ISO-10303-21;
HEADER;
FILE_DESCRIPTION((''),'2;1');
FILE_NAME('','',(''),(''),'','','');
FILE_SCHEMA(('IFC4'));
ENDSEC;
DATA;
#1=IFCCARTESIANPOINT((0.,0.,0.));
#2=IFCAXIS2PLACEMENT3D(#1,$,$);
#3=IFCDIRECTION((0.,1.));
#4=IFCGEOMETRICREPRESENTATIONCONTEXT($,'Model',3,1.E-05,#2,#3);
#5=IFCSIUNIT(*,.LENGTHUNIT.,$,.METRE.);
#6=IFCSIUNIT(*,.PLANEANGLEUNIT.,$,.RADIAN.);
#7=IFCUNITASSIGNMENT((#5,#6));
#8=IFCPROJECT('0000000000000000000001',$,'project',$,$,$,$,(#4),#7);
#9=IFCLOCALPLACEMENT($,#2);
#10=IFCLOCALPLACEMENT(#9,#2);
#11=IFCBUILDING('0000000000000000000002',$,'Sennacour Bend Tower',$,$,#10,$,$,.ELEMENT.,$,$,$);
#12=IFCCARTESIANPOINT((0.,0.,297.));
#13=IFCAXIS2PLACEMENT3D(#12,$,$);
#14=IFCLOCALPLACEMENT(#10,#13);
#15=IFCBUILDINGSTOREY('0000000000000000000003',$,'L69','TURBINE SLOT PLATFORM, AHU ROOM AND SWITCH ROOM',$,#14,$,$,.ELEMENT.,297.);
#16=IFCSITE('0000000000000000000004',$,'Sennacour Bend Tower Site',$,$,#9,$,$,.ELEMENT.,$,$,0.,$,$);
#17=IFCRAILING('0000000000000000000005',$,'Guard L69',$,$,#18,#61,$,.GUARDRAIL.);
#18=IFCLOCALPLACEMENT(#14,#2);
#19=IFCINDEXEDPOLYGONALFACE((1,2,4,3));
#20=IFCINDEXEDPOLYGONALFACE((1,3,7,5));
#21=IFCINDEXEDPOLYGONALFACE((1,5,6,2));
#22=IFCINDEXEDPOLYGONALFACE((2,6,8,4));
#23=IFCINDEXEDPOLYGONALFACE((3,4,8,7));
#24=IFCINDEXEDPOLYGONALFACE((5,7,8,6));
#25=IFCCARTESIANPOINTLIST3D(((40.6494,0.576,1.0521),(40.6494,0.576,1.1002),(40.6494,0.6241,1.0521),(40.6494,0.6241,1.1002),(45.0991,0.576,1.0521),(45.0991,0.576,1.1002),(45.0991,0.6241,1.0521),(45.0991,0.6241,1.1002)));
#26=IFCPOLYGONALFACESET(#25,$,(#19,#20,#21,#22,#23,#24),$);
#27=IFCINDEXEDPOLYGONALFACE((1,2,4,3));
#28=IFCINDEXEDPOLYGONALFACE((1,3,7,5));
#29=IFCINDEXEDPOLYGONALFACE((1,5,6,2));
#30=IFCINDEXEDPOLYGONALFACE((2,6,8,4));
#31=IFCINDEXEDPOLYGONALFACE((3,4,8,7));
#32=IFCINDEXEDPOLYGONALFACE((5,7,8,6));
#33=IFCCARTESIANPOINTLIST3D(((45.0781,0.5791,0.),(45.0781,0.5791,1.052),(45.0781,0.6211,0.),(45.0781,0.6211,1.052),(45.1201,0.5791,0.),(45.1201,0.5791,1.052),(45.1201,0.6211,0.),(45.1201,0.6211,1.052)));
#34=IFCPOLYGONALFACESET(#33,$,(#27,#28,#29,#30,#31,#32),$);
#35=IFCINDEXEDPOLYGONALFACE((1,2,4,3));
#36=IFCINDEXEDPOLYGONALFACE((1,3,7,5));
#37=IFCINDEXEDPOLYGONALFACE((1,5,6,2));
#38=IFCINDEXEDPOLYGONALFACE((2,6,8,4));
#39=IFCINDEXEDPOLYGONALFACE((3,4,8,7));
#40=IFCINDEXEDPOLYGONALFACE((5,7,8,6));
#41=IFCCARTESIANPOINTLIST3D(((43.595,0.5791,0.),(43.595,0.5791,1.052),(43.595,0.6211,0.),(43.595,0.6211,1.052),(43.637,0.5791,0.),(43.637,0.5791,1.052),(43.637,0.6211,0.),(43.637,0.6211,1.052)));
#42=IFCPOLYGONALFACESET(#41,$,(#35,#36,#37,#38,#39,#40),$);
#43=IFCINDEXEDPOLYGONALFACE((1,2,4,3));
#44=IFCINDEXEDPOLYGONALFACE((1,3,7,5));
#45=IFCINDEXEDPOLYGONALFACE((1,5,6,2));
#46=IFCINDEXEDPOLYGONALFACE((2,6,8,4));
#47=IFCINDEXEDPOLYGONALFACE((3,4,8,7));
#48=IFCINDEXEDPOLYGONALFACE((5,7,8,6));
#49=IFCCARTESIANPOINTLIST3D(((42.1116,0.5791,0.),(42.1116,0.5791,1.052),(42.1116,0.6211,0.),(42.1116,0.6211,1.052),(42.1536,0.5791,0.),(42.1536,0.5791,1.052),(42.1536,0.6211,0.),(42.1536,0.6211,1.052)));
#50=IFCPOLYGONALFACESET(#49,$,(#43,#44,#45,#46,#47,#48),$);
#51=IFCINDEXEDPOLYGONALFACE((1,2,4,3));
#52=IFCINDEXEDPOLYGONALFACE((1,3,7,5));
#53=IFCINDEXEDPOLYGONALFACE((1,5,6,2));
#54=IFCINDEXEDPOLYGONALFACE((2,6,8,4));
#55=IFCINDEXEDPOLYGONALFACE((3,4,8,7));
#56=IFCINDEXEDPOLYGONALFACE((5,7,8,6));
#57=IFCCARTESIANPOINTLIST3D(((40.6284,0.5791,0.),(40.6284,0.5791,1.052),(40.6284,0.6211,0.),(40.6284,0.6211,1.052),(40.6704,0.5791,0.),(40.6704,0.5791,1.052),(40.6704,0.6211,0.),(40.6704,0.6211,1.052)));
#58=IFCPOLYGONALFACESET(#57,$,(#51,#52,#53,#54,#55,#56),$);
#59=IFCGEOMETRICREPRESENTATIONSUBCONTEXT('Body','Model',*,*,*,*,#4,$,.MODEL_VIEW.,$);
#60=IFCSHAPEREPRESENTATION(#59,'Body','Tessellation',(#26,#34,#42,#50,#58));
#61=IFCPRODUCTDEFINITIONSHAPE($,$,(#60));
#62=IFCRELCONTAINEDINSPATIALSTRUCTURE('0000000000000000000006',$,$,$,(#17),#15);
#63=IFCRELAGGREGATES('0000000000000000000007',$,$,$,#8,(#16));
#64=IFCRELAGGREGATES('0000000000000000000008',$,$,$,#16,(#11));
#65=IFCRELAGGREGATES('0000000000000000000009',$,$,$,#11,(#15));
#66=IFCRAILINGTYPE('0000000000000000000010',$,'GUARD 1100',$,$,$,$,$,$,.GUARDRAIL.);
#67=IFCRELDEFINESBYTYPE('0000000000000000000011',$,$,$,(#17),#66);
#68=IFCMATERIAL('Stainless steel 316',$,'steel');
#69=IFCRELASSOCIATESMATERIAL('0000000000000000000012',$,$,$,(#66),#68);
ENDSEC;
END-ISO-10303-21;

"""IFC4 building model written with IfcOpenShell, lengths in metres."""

from ifc_helpers import new_model, si_unit, direction, frame, origin, origin_2d, place, context, subcontext, project, spatial, rectangle, extrude, material, type_object, element, save


model = new_model("IFC4")

# Units and contexts
model_context = context("Model", 3, precision=1e-05, world=origin(), true_north=direction((0.0, 1.0)))
body_context = subcontext(model_context, "Body", "Model", "MODEL_VIEW")
ifc_project = project(units=[si_unit("LENGTHUNIT", "METRE"), si_unit("PLANEANGLEUNIT", "RADIAN")], contexts=[model_context])

# Site, building, storey
site_placement = place(None, origin())
site = spatial("IfcSite", under=ifc_project, at=site_placement, Name="Sennacour Bend Tower Site", CompositionType="ELEMENT", RefElevation=0.0)
building_placement = place(site_placement, origin())
building = spatial("IfcBuilding", under=site, at=building_placement, Name="Sennacour Bend Tower", CompositionType="ELEMENT")
storey_placement = place(building_placement, frame((0.0, 0.0, 297.0)))
storey = spatial("IfcBuildingStorey", under=building, at=storey_placement, Name="L69", Description="TURBINE SLOT PLATFORM, AHU ROOM AND SWITCH ROOM", CompositionType="ELEMENT", Elevation=297.0)

# Railing
ifc_material_1 = material(Name="Stainless steel 316", Category="steel")
railing_type = type_object("IfcRailingType", Name="GUARD 1100", PredefinedType="GUARDRAIL", material=ifc_material_1)
railing_placement = place(storey_placement, frame((45.0991, 0.6001, 0.0)))
element("IfcRailing", 1, at=railing_placement, inside=storey, type_object=railing_type, Name="Guard L69", PredefinedType="GUARDRAIL", context=body_context, shape_type="SweptSolid", body=[
    extrude(rectangle(XDim=0.0481, YDim=0.0481, at=origin_2d()), frame((0.0, 0.0, 1.0762), z_axis=(-1.0, 0.0, 0.0), x_axis=(0.0, -1.0, 0.0)), (0.0, 0.0, 1.0), 4.4497),
    extrude(rectangle(XDim=0.042, YDim=0.042, at=origin_2d()), origin(), (0.0, 0.0, 1.0), 1.052),
    extrude(rectangle(XDim=0.042, YDim=0.042, at=origin_2d()), frame((-1.4832, 0.0, 0.0)), (0.0, 0.0, 1.0), 1.052),
    extrude(rectangle(XDim=0.042, YDim=0.042, at=origin_2d()), frame((-2.9666, 0.0, 0.0)), (0.0, 0.0, 1.0), 1.052),
    extrude(rectangle(XDim=0.042, YDim=0.042, at=origin_2d()), frame((-4.4497, 0.0, 0.0)), (0.0, 0.0, 1.0), 1.052),
])

save(model, "model.ifc")
